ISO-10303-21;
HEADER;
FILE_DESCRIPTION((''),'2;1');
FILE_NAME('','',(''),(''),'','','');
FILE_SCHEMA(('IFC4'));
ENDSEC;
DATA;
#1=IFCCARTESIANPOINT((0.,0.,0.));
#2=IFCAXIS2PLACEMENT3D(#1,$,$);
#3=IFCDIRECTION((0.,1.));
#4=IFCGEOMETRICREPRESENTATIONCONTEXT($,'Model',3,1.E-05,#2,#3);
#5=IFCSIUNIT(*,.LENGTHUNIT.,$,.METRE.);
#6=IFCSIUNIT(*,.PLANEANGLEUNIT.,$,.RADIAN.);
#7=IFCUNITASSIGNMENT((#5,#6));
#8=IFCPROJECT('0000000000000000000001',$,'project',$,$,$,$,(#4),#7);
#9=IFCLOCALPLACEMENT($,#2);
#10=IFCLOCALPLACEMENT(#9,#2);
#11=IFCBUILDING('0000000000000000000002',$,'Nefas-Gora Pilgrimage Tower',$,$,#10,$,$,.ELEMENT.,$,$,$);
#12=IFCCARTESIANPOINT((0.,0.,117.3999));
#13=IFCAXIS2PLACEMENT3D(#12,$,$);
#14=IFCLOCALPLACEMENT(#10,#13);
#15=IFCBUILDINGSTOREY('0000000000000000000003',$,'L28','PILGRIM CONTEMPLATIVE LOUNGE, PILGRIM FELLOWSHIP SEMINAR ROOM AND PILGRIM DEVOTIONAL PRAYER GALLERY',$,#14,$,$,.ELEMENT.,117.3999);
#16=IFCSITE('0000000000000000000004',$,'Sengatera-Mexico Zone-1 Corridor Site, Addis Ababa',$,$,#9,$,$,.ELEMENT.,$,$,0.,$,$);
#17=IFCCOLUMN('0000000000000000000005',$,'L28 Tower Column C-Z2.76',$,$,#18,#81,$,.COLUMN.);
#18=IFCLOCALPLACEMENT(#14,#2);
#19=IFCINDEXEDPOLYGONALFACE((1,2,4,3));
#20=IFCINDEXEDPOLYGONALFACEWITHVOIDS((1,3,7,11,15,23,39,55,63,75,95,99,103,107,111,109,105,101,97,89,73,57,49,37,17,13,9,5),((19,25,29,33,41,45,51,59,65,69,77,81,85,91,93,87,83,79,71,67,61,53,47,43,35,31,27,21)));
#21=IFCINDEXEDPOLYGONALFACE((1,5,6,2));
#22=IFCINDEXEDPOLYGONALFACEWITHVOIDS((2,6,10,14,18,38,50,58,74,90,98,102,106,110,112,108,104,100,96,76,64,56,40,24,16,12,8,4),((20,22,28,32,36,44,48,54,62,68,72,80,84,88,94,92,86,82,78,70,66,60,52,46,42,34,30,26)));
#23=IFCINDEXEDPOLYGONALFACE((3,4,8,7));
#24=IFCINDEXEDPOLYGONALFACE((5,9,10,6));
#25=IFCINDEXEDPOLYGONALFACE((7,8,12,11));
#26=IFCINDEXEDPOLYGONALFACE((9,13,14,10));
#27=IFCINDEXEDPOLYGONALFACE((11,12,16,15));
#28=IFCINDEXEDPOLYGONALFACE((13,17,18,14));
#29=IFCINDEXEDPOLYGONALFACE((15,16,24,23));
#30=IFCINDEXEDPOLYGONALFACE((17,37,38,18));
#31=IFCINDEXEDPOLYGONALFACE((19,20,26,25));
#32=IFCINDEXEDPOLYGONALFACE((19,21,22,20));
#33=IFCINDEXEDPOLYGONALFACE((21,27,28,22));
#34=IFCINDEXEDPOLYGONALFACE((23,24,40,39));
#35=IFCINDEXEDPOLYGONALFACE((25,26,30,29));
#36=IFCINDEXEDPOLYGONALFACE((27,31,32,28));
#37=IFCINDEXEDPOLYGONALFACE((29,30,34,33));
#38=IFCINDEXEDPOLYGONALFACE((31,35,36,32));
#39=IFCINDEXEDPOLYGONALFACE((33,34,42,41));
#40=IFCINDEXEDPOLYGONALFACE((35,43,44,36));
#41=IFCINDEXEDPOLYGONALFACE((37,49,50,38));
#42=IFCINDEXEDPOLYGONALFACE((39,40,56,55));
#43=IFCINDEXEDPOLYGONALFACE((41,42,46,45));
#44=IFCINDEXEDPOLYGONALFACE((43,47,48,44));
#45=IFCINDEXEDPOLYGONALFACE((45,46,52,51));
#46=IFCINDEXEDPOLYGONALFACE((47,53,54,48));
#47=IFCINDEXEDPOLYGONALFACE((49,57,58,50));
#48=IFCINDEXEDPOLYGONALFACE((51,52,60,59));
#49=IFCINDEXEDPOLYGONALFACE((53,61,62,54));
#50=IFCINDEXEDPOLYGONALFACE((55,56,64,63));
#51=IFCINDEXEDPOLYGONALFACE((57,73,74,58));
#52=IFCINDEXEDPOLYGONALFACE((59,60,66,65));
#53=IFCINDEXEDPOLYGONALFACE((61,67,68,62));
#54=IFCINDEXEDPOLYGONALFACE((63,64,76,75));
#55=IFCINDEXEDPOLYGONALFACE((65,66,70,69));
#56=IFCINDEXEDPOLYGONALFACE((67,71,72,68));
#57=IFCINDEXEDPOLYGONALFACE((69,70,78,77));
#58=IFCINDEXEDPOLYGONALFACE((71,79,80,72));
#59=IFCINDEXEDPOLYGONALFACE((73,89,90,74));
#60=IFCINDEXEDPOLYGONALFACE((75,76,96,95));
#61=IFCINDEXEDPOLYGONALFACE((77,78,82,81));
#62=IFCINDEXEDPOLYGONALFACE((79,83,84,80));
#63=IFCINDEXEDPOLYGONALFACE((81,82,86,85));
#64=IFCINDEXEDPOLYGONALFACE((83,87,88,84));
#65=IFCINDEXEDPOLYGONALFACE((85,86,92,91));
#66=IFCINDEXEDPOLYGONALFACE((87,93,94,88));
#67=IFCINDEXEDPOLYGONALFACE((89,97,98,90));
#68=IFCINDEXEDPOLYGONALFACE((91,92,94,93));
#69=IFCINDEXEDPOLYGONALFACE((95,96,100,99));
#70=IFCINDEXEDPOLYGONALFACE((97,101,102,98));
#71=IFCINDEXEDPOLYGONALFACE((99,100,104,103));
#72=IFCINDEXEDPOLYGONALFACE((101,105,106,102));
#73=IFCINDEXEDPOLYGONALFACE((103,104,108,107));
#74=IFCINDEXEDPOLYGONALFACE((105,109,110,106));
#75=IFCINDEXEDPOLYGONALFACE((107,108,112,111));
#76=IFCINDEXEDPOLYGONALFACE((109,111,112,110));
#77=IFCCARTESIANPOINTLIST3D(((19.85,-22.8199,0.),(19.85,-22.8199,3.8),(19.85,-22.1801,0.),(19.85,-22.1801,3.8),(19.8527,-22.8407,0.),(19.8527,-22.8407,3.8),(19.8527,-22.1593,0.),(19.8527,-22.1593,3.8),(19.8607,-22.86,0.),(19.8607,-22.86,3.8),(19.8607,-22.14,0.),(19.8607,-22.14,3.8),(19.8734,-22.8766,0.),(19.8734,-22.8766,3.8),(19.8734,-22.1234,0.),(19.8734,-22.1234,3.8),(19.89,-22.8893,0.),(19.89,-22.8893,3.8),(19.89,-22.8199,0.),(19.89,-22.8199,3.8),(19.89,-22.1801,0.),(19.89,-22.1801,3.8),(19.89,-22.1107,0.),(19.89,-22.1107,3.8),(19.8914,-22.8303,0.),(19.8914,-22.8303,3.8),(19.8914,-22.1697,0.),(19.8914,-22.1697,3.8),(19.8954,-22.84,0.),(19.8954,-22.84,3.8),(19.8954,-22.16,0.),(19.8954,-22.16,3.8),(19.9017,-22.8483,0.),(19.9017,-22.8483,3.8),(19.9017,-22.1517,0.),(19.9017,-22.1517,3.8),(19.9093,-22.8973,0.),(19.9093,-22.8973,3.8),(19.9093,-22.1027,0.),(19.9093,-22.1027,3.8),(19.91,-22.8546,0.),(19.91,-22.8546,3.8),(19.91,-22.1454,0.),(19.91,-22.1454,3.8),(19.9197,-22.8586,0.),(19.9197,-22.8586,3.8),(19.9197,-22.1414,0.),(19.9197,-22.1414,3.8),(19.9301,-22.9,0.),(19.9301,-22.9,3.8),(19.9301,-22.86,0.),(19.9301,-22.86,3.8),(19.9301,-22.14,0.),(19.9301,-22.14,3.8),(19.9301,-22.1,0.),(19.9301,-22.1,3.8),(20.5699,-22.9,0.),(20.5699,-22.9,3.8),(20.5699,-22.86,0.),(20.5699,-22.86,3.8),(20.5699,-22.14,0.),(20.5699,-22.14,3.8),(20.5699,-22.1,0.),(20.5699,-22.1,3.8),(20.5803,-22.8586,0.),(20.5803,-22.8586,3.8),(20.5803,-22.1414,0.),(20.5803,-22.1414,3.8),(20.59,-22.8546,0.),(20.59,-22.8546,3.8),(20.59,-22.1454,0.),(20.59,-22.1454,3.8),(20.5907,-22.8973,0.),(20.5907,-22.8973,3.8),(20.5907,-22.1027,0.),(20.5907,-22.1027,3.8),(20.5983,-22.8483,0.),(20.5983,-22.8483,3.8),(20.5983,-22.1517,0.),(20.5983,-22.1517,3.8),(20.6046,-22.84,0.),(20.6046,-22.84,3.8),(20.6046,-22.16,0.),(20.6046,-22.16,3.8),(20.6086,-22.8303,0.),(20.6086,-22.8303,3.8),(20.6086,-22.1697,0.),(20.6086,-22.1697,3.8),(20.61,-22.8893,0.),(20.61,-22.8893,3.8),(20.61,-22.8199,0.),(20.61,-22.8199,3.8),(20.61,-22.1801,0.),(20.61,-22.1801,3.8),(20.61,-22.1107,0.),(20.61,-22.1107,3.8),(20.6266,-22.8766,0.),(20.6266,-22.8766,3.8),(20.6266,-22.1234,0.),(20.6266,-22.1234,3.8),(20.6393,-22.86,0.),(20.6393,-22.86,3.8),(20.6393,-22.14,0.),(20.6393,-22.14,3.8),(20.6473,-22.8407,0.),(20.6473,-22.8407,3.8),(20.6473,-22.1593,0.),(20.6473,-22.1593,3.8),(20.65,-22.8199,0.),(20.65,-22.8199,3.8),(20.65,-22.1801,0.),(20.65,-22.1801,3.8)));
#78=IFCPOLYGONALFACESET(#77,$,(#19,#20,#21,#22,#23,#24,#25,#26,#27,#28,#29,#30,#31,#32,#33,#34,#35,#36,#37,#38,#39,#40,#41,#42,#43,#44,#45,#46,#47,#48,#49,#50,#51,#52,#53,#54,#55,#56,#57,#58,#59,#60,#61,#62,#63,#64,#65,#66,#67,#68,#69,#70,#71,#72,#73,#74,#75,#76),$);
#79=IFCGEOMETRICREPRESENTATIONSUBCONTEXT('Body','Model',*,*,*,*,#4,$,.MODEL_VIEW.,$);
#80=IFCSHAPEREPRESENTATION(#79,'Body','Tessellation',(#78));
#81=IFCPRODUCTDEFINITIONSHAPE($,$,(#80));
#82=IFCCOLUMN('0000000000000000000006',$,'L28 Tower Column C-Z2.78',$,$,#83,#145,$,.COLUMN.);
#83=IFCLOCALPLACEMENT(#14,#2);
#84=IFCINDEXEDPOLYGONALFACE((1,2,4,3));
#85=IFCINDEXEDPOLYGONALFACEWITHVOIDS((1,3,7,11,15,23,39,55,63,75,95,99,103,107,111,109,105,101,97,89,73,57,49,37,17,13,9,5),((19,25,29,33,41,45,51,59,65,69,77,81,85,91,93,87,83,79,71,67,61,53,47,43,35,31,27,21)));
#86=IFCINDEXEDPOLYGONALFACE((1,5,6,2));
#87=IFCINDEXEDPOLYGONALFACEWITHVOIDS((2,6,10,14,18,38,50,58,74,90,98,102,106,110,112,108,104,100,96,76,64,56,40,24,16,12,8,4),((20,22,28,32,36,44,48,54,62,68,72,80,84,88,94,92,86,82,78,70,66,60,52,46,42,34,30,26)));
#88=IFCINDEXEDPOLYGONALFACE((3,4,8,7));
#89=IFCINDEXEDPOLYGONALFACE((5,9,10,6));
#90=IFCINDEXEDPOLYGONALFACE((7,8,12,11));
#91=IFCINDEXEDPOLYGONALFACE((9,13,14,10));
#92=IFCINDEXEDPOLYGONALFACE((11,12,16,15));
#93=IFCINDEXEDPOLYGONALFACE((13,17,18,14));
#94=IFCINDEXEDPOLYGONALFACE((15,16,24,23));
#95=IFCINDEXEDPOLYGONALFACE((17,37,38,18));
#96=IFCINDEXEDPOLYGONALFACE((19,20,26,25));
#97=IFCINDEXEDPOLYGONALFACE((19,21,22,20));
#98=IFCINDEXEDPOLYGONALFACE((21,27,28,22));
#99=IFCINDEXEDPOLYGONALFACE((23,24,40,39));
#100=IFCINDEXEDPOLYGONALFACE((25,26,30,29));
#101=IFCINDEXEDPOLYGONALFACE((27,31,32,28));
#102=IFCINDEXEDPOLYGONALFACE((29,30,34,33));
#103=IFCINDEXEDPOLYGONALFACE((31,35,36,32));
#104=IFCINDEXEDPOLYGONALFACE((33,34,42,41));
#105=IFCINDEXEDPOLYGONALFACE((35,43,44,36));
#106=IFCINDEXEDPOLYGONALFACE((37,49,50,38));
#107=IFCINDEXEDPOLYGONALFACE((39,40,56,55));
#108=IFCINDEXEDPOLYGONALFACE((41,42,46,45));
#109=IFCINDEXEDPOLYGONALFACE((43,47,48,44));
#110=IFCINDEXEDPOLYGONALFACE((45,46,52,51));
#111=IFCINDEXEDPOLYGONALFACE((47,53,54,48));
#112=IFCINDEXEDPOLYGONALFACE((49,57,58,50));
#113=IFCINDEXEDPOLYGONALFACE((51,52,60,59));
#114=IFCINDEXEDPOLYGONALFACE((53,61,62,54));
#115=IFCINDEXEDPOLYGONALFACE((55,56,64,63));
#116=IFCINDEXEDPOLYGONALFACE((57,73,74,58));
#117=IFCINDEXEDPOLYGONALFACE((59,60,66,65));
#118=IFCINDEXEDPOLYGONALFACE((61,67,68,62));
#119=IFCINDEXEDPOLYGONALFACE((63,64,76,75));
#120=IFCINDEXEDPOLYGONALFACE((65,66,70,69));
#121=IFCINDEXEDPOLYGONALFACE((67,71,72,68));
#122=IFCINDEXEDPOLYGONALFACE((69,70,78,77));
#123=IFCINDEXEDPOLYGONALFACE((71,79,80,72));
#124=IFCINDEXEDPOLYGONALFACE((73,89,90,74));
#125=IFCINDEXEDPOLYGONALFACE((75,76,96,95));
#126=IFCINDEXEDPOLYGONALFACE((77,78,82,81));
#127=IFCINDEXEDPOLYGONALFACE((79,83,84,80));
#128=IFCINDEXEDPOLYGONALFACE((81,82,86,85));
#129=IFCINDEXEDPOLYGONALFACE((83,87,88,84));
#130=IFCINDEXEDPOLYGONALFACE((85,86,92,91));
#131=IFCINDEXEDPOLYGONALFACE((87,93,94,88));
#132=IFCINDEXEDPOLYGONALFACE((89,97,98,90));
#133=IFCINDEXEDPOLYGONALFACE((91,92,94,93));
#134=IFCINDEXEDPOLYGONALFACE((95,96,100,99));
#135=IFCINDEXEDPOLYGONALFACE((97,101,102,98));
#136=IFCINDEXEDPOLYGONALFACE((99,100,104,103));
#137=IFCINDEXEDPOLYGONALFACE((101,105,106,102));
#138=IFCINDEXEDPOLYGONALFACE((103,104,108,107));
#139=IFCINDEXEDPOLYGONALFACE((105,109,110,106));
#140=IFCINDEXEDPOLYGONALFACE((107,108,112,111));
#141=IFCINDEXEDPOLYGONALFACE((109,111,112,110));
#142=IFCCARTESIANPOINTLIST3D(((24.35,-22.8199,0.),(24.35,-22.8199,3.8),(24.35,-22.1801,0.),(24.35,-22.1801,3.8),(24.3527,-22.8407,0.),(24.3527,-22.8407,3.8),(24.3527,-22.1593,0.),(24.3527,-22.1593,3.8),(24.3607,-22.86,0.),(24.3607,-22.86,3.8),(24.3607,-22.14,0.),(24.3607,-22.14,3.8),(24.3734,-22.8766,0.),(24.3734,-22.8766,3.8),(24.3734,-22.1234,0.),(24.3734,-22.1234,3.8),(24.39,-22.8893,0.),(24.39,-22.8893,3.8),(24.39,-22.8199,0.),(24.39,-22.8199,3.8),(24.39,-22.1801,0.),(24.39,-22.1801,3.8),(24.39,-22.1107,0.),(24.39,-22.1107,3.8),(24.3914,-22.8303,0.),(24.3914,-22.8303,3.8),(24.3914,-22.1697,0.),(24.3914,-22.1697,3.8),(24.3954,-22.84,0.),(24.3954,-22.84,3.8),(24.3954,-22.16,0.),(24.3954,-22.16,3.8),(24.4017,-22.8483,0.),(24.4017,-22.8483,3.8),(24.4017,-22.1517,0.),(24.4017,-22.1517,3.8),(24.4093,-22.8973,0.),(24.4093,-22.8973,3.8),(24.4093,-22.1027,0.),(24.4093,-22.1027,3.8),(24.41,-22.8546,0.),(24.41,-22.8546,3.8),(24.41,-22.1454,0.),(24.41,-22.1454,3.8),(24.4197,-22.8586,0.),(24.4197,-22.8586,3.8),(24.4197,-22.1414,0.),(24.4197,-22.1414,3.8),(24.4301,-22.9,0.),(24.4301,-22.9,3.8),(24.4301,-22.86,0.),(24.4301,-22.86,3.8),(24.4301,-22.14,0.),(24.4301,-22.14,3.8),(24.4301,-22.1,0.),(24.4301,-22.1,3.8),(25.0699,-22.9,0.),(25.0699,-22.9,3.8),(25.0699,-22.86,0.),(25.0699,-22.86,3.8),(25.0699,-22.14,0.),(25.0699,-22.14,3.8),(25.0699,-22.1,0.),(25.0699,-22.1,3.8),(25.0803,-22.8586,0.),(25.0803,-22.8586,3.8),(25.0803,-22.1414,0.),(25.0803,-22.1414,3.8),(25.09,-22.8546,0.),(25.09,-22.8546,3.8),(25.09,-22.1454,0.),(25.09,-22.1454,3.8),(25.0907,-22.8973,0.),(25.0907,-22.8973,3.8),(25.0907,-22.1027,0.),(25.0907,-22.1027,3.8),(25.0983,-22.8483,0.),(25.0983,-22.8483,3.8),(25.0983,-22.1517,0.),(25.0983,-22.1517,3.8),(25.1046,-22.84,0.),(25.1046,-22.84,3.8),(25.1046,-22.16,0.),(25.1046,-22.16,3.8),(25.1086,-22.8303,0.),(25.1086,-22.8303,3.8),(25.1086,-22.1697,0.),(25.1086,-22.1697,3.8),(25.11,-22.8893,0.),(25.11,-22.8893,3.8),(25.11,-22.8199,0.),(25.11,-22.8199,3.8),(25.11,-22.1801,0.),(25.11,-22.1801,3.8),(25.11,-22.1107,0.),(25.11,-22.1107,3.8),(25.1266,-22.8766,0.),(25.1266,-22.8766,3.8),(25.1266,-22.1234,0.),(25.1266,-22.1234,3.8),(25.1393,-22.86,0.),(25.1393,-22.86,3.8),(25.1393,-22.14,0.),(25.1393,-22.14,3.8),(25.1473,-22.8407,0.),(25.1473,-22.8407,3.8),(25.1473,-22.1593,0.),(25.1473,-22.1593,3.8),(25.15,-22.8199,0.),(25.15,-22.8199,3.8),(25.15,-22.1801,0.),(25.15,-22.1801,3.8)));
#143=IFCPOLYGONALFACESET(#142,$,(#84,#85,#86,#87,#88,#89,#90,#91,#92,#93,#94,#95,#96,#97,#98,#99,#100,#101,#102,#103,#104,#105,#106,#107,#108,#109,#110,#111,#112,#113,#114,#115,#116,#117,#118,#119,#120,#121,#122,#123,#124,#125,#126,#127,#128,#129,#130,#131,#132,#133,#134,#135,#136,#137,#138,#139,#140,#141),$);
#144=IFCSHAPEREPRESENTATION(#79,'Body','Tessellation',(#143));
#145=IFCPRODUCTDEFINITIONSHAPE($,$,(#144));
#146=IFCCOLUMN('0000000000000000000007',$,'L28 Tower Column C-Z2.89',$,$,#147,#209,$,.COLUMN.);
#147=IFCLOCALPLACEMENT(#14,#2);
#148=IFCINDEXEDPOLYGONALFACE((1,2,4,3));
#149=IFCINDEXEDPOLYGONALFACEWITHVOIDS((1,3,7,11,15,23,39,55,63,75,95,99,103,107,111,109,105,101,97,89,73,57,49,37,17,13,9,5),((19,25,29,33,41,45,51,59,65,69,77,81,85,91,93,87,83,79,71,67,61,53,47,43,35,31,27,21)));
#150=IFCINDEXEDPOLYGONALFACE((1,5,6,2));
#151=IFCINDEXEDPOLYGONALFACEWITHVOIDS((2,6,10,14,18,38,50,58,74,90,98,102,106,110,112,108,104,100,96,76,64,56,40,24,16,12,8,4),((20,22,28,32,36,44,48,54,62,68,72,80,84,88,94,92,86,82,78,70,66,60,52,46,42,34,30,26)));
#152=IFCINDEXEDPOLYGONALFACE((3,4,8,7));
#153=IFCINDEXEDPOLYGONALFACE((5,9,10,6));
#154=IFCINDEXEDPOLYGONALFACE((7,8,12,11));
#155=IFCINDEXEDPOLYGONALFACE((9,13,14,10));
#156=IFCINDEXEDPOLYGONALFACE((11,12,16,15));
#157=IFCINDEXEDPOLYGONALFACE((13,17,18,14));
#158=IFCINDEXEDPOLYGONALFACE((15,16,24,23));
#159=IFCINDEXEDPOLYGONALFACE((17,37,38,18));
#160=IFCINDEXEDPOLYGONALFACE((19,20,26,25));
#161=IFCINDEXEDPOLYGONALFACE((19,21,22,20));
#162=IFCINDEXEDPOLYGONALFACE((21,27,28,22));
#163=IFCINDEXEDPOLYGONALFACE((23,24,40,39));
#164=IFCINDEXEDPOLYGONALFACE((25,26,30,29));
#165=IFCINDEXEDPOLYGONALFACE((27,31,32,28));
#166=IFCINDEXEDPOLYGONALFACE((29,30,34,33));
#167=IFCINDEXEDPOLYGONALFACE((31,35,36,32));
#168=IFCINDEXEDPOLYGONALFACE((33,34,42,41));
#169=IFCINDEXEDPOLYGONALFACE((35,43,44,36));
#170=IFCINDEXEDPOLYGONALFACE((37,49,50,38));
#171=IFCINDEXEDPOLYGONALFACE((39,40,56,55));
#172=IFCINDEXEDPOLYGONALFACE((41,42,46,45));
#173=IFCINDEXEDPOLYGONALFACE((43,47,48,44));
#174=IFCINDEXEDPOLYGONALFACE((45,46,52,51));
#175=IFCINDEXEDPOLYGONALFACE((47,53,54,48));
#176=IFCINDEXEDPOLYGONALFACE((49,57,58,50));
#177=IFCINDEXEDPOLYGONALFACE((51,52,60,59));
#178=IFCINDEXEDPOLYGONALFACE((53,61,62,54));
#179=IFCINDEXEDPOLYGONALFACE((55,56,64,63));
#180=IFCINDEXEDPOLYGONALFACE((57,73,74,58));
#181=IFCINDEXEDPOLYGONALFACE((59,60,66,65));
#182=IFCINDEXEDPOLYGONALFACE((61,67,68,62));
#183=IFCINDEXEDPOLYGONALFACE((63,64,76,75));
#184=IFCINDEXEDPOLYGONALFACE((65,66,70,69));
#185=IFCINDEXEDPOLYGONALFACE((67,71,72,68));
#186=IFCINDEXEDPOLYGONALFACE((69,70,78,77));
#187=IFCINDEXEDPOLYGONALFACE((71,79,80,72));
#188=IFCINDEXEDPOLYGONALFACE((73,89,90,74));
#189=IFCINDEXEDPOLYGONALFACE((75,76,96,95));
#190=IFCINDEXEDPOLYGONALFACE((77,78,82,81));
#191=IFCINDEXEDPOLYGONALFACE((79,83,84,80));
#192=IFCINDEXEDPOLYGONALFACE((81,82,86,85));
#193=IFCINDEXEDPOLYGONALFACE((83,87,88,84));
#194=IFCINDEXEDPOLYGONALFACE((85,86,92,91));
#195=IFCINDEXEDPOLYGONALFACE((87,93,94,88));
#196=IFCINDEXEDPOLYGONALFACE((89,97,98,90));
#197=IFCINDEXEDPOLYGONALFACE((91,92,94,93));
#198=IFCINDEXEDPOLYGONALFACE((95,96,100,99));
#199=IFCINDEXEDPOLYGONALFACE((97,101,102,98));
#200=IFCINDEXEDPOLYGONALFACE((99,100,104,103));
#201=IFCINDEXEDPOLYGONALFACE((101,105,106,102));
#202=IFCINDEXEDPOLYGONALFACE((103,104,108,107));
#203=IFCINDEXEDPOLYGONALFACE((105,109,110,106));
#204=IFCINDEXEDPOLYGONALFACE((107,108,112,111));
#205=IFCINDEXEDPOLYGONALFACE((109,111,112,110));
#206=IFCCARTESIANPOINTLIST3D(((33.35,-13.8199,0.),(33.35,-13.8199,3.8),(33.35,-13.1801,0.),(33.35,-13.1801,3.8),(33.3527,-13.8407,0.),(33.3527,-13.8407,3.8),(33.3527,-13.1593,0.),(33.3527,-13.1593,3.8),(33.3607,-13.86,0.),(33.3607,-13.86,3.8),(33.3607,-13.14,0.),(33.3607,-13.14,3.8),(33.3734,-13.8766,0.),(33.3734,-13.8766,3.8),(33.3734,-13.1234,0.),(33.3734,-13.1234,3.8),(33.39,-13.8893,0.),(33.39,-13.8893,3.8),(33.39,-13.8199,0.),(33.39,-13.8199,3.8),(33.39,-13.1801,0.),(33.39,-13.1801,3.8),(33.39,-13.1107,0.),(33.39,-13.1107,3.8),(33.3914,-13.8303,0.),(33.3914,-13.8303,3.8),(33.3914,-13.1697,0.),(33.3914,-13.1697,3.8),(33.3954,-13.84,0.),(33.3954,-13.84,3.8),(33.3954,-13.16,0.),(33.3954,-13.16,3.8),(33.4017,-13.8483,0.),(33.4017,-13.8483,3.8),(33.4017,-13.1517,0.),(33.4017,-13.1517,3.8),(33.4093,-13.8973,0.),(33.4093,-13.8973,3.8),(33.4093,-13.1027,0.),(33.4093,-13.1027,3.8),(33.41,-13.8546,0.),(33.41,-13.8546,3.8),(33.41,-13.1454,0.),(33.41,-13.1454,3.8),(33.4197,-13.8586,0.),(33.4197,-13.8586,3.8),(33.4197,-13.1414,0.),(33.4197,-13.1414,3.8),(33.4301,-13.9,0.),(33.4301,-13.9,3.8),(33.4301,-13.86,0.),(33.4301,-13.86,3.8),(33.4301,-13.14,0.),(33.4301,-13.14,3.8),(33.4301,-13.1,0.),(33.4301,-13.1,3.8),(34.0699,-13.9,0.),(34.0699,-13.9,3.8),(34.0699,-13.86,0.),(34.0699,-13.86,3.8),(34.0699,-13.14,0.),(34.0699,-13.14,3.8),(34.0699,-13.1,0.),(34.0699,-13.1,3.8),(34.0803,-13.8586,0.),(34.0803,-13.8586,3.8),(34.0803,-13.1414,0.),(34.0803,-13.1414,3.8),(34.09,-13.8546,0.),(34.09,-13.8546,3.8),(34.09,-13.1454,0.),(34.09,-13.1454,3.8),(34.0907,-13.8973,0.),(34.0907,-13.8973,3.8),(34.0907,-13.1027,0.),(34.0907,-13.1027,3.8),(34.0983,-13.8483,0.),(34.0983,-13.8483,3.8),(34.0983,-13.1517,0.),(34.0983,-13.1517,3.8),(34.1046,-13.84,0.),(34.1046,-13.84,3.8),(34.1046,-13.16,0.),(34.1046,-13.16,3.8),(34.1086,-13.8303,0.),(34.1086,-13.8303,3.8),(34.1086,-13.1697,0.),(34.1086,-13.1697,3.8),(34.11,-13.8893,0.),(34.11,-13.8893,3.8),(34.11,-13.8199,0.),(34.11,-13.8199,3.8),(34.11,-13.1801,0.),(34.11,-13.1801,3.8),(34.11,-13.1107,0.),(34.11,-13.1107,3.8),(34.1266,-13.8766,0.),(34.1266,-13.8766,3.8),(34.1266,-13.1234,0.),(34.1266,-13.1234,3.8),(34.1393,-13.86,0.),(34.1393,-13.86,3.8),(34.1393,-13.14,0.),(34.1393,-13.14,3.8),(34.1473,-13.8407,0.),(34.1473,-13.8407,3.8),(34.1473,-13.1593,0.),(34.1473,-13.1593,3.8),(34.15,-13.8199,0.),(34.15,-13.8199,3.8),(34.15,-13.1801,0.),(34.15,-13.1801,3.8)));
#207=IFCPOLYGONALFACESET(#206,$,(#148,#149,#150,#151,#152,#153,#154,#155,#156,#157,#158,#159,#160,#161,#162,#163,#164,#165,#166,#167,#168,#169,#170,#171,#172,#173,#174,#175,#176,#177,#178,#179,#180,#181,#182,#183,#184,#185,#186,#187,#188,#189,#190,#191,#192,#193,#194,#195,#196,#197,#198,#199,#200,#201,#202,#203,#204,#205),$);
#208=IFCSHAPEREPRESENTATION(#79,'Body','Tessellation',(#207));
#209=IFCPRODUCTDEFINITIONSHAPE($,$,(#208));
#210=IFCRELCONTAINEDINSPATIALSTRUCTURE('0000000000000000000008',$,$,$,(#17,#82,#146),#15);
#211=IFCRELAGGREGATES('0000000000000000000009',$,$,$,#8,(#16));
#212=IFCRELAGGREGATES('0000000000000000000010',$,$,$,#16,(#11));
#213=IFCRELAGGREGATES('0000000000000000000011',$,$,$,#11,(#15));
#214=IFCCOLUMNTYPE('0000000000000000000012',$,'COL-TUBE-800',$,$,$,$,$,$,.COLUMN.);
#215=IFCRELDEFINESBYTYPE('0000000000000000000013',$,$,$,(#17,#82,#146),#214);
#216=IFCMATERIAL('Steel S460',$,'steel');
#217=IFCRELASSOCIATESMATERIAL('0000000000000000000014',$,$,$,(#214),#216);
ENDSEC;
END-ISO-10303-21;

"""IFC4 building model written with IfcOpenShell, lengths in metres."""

from ifc_helpers import new_model, si_unit, direction, frame, origin, origin_2d, place, context, subcontext, project, spatial, hollow_rectangle, extrude, source, transform, mapped, material, material_profile, profile_set, type_object, element, save


model = new_model("IFC4")

# Units and contexts
model_context = context("Model", 3, precision=1e-05, world=origin(), true_north=direction((0.0, 1.0)))
body_context = subcontext(model_context, "Body", "Model", "MODEL_VIEW")
ifc_project = project(units=[si_unit("LENGTHUNIT", "METRE"), si_unit("PLANEANGLEUNIT", "RADIAN")], contexts=[model_context])

# Site, building, storey
site_placement = place(None, origin())
site = spatial("IfcSite", under=ifc_project, at=site_placement, Name="Sengatera-Mexico Zone-1 Corridor Site, Addis Ababa", CompositionType="ELEMENT", RefElevation=0.0)
building_placement = place(site_placement, origin())
building = spatial("IfcBuilding", under=site, at=building_placement, Name="Nefas-Gora Pilgrimage Tower", CompositionType="ELEMENT")
storey_placement = place(building_placement, frame((0.0, 0.0, 117.3999)))
storey = spatial("IfcBuildingStorey", under=building, at=storey_placement, Name="L28", Description="PILGRIM CONTEMPLATIVE LOUNGE, PILGRIM FELLOWSHIP SEMINAR ROOM AND PILGRIM DEVOTIONAL PRAYER GALLERY", CompositionType="ELEMENT", Elevation=117.3999)

# Columns
ifc_material_1 = material(Name="Steel S460", Category="steel")
ifc_material_profile_1 = material_profile(ifc_material_1, hollow_rectangle(XDim=0.8, YDim=0.8, WallThickness=0.04, InnerFilletRadius=0.04, OuterFilletRadius=0.0801, at=origin_2d()), Name="BOX 800x800x40")
ifc_profile_set_1 = profile_set([ifc_material_profile_1], Name="Steel S460")
column_type_1 = type_object("IfcColumnType", Name="COL-TUBE-800", PredefinedType="COLUMN", material=ifc_profile_set_1)
shared_shape_1 = source(origin(), body_context, "Body", "SweptSolid", [
    extrude(hollow_rectangle(XDim=0.8, YDim=0.8, WallThickness=0.04, InnerFilletRadius=0.04, OuterFilletRadius=0.0801, at=origin_2d()), origin(), (0.0, 0.0, 1.0), 3.8),
])
for number, where, z_axis, x_axis, name in (
    (1, (20.25, -22.5, 0.0), (0.0, 0.0, 1.0), (1.0, 0.0, 0.0), "L28 Tower Column C-Z2.76"),
    (2, (24.75, -22.5, 0.0), (0.0, 0.0, 1.0), (1.0, 0.0, 0.0), "L28 Tower Column C-Z2.78"),
    (3, (33.75, -13.5, 0.0), (0.0, 0.0, 1.0), (1.0, 0.0, 0.0), "L28 Tower Column C-Z2.89"),
):
    element("IfcColumn", number, at=place(storey_placement, frame(where, z_axis=z_axis, x_axis=x_axis)), inside=storey, type_object=column_type_1, Name=name, PredefinedType="COLUMN", context=body_context, shape_type="MappedRepresentation", body=[
        mapped(shared_shape_1, transform((0.0, 0.0, 0.0), x_axis=(1.0, 0.0, 0.0), y_axis=(0.0, 1.0, 0.0), z_axis=(0.0, 0.0, 1.0), scale=1.0)),
    ])

save(model, "model.ifc")
